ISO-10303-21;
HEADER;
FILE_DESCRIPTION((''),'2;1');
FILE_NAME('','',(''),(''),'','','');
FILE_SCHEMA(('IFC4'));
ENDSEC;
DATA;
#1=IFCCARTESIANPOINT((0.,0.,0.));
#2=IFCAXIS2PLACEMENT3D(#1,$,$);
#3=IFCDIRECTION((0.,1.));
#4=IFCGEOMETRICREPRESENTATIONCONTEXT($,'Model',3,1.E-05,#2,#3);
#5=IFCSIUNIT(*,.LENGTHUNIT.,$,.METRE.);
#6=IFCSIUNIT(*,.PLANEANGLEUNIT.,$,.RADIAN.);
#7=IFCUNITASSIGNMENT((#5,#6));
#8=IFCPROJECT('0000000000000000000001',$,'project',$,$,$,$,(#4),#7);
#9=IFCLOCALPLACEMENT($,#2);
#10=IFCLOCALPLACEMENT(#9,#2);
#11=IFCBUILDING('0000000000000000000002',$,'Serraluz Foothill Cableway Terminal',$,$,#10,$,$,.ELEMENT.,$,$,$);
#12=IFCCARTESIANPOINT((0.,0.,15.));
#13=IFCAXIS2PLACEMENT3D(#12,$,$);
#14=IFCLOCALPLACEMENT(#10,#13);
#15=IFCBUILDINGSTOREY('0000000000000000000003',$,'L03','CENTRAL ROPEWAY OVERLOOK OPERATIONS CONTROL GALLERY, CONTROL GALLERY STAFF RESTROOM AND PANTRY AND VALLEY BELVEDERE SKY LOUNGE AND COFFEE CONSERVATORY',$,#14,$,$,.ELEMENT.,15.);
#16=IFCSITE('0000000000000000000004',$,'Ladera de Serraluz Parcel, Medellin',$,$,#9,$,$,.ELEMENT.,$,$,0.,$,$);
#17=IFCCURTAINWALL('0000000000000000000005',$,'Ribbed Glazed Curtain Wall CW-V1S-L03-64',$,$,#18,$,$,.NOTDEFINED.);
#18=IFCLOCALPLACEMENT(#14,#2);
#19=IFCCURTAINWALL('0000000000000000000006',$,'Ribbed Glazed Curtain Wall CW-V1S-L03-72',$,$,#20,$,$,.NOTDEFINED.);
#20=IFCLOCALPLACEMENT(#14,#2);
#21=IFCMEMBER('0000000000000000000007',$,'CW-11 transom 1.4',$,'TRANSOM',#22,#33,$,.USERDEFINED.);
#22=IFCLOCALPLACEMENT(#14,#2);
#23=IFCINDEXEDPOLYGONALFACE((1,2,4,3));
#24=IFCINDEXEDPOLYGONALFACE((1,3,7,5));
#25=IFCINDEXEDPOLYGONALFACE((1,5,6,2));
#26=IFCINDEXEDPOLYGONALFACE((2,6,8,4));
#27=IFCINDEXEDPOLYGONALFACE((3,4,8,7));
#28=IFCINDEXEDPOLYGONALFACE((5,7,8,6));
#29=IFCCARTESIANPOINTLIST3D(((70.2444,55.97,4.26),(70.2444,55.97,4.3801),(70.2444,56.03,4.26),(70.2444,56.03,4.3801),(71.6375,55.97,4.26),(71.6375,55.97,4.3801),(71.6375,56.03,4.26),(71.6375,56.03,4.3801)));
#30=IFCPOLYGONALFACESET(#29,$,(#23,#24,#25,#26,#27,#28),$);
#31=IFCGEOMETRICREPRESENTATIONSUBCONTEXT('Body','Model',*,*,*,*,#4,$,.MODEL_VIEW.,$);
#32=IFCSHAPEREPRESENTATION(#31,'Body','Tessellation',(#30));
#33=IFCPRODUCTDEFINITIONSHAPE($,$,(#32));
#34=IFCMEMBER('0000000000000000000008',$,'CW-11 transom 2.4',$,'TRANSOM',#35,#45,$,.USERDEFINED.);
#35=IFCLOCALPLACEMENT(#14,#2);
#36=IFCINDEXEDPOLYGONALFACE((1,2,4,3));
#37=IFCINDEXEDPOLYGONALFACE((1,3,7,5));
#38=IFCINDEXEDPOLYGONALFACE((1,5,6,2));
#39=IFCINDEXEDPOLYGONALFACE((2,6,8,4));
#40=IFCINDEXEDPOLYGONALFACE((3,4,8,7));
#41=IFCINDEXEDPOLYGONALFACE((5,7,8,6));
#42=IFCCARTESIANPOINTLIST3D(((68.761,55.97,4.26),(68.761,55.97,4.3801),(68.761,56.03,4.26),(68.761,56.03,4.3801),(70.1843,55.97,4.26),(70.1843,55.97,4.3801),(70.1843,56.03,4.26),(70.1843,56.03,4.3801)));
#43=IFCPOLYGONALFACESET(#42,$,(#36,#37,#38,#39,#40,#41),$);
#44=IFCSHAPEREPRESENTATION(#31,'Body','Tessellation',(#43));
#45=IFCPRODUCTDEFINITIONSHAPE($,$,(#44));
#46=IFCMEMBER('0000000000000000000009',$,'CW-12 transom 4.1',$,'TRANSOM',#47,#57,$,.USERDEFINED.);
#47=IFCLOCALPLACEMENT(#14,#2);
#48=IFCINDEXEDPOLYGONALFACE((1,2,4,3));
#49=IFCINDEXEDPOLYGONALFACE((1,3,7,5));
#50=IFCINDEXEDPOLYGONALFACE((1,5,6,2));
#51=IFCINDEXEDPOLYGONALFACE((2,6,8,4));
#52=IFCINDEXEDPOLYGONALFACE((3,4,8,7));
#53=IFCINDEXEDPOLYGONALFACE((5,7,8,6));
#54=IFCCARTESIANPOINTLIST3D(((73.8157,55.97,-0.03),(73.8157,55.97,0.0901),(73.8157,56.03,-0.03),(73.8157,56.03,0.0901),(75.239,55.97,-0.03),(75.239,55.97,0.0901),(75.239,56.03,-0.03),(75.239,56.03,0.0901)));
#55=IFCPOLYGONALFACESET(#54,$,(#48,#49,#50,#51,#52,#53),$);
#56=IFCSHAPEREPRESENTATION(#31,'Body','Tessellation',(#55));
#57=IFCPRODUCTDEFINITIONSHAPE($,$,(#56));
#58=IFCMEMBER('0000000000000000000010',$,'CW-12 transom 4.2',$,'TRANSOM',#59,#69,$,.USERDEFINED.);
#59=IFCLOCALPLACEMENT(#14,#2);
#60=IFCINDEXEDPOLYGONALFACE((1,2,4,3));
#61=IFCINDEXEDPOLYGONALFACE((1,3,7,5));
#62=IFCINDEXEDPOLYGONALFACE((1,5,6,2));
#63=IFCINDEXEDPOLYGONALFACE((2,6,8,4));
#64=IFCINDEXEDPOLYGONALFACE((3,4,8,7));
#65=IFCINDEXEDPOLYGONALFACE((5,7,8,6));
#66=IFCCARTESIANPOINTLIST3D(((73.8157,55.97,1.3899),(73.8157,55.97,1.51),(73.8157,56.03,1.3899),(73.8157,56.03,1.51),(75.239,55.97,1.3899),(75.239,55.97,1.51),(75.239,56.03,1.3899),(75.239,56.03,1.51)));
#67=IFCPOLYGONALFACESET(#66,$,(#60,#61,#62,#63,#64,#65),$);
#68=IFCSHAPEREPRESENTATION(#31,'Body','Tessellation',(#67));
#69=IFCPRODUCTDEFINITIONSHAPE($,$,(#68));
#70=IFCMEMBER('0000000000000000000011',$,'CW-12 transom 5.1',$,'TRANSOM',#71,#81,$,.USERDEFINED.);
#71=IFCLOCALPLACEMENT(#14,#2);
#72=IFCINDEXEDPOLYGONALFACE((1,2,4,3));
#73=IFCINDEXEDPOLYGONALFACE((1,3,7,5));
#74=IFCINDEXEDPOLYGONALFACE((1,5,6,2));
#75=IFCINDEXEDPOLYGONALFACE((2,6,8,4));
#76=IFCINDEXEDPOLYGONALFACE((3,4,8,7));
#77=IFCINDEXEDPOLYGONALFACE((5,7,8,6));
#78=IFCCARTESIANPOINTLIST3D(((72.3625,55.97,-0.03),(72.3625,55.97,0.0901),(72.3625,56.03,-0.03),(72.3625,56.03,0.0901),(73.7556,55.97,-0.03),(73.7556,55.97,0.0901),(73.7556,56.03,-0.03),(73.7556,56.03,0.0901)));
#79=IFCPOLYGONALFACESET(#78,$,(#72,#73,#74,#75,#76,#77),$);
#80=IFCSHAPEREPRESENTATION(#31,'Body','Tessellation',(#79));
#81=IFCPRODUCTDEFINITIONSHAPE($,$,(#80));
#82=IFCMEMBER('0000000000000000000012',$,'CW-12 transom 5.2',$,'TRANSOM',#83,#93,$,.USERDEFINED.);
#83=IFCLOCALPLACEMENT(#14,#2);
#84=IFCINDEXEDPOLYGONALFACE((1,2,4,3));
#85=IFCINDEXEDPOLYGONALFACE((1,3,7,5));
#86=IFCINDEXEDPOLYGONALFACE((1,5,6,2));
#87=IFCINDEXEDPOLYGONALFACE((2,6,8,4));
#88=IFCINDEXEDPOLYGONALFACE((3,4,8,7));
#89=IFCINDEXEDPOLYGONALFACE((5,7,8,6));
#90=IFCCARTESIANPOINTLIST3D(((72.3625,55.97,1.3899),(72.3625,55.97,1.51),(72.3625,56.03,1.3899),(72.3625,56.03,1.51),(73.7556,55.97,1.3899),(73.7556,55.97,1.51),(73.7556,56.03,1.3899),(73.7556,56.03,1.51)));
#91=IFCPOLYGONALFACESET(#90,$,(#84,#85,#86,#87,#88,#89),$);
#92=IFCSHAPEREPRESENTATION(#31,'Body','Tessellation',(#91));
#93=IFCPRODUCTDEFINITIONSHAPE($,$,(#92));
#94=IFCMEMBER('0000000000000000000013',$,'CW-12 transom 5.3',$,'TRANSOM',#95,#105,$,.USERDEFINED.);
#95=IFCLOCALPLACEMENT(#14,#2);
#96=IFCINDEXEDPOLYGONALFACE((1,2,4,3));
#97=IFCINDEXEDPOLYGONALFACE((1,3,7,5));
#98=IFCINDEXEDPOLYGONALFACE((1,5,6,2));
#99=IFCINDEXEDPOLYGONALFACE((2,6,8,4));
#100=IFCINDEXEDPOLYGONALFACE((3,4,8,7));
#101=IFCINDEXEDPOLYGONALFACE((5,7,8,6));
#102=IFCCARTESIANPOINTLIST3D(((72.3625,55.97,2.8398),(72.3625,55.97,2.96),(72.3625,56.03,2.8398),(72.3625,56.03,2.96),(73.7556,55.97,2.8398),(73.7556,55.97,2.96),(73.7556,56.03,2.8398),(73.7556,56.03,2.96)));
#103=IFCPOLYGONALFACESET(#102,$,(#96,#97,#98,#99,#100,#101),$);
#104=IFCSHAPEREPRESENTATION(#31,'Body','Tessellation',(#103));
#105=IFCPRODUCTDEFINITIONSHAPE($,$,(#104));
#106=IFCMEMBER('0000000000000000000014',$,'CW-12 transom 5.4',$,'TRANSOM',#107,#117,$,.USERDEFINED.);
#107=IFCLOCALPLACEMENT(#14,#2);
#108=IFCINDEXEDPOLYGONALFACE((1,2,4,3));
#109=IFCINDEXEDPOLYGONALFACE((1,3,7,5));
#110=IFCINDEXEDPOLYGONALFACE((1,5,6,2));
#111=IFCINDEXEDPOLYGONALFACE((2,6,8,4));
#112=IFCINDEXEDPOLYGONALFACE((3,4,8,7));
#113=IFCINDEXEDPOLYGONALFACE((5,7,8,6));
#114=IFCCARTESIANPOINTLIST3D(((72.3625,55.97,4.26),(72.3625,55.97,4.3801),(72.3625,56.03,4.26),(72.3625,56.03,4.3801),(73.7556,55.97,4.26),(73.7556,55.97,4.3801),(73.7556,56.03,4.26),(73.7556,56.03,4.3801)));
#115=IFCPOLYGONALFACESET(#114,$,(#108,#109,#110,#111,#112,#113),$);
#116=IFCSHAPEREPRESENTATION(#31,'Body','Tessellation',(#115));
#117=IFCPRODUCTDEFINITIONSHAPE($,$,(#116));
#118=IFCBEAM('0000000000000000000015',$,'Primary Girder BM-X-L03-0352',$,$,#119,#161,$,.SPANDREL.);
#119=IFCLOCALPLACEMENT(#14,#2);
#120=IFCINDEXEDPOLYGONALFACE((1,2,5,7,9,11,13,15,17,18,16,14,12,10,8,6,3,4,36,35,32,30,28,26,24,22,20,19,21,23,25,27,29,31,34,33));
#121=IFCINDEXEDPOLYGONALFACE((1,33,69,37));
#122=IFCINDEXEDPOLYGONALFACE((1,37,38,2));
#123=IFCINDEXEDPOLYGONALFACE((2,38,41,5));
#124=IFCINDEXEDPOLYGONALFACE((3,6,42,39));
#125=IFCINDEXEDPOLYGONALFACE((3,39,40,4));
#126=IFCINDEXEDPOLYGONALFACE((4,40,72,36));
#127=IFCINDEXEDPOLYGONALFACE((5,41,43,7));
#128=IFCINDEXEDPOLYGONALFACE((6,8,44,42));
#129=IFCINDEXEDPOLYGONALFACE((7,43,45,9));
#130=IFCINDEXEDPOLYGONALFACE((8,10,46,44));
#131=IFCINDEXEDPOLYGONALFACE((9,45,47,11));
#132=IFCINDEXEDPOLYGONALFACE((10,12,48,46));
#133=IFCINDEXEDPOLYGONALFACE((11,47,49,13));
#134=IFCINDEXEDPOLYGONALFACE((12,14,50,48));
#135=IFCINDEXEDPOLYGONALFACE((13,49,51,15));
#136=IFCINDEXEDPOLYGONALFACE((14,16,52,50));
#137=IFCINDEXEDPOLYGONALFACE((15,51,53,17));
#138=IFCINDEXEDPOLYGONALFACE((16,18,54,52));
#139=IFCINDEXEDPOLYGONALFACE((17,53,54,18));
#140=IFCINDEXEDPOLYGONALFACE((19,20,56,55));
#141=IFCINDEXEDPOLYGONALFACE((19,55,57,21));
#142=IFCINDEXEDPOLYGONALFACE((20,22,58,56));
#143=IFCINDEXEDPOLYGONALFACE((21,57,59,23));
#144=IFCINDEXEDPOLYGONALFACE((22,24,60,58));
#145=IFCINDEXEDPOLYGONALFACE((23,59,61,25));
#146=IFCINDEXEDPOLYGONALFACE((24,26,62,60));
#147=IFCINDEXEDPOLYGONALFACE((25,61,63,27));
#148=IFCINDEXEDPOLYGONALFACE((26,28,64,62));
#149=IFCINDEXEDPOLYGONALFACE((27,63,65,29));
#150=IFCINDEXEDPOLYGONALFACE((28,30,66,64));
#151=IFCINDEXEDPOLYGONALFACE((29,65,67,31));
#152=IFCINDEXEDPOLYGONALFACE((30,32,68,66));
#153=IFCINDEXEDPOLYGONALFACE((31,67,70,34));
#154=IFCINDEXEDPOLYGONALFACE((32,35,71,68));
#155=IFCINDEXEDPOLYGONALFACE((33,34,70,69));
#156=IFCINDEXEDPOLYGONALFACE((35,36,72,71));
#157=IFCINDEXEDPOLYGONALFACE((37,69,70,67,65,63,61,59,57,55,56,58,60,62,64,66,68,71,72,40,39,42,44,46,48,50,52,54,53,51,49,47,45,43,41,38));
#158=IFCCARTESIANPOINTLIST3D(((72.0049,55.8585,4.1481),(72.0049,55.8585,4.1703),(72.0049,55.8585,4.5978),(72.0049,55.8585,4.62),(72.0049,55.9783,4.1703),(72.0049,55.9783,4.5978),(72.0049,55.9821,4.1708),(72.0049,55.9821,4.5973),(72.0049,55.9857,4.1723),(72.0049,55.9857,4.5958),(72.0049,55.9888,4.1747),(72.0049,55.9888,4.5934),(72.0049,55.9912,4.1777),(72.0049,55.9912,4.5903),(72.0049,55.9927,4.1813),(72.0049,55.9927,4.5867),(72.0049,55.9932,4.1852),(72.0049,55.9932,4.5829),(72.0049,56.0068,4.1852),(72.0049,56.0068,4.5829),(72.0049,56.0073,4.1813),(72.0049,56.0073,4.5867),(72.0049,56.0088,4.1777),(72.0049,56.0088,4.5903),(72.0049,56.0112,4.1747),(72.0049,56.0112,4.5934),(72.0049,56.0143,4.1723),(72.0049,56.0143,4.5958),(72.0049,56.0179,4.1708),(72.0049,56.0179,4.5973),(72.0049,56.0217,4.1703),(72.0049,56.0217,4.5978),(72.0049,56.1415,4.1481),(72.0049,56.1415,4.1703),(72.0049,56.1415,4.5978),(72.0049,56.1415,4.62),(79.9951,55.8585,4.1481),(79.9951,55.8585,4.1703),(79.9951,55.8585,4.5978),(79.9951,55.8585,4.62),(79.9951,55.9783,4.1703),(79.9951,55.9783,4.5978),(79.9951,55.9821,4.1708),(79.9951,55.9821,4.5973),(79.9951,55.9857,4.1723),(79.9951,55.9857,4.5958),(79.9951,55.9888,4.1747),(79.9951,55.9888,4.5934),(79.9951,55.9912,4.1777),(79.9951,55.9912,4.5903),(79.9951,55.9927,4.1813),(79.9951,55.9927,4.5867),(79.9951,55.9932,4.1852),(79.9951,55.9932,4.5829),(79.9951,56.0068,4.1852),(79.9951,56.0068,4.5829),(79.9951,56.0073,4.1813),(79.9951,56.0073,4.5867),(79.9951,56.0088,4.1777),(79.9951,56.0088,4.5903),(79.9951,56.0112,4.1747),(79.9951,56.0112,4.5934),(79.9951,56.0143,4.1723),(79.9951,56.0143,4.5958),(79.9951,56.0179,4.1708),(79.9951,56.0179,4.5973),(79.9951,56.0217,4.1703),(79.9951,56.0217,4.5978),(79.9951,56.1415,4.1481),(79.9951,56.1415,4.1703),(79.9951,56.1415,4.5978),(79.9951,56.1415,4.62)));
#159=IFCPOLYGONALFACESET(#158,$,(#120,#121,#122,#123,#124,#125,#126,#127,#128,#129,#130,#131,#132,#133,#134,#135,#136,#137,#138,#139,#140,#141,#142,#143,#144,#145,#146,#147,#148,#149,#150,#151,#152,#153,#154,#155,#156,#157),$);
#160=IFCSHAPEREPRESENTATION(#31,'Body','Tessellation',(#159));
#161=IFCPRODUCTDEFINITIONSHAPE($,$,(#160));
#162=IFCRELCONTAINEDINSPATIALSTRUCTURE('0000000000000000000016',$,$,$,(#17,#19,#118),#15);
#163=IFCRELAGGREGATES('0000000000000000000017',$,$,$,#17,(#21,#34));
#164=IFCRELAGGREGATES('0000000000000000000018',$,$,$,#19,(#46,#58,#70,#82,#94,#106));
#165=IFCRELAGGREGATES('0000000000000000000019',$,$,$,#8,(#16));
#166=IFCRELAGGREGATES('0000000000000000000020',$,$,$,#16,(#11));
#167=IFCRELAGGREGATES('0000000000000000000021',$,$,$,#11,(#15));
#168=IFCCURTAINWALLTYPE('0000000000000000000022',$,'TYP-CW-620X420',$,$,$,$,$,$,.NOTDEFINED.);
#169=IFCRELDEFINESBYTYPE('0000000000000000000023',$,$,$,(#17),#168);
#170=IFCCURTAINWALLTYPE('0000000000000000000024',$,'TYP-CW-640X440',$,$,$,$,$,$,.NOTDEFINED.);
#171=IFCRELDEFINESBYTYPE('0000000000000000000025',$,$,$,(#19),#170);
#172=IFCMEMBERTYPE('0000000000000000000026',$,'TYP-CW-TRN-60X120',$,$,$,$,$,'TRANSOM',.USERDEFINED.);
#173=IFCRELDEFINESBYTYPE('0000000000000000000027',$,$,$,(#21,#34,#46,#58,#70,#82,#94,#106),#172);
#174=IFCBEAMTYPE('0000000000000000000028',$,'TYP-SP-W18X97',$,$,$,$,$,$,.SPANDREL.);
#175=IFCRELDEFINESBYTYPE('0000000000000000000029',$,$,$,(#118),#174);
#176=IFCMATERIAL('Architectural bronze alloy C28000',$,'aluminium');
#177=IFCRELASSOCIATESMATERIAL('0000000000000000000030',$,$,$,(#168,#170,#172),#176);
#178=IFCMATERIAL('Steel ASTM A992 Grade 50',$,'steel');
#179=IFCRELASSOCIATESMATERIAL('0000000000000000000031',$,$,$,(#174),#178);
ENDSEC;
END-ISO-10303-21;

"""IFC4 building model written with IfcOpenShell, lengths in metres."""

from ifc_helpers import new_model, si_unit, direction, frame, origin, origin_2d, place, context, subcontext, project, spatial, rectangle, i_section, extrude, material, material_profile, profile_set, type_object, element, aggregate, save


model = new_model("IFC4")

# Units and contexts
model_context = context("Model", 3, precision=1e-05, world=origin(), true_north=direction((0.0, 1.0)))
body_context = subcontext(model_context, "Body", "Model", "MODEL_VIEW")
ifc_project = project(units=[si_unit("LENGTHUNIT", "METRE"), si_unit("PLANEANGLEUNIT", "RADIAN")], contexts=[model_context])

# Site, building, storey
site_placement = place(None, origin())
site = spatial("IfcSite", under=ifc_project, at=site_placement, Name="Ladera de Serraluz Parcel, Medellin", CompositionType="ELEMENT", RefElevation=0.0)
building_placement = place(site_placement, origin())
building = spatial("IfcBuilding", under=site, at=building_placement, Name="Serraluz Foothill Cableway Terminal", CompositionType="ELEMENT")
storey_placement = place(building_placement, frame((0.0, 0.0, 15.0)))
storey = spatial("IfcBuildingStorey", under=building, at=storey_placement, Name="L03", Description="CENTRAL ROPEWAY OVERLOOK OPERATIONS CONTROL GALLERY, CONTROL GALLERY STAFF RESTROOM AND PANTRY AND VALLEY BELVEDERE SKY LOUNGE AND COFFEE CONSERVATORY", CompositionType="ELEMENT", Elevation=15.0)

# Shared definitions
ifc_material_1 = material(Name="Steel ASTM A992 Grade 50", Category="steel")

# Curtain walls
ifc_material_2 = material(Name="Architectural bronze alloy C28000", Category="aluminium")
curtain_wall_type_1 = type_object("IfcCurtainWallType", Name="TYP-CW-620X420", PredefinedType="NOTDEFINED", material=ifc_material_2)
curtain_wall_1_placement = place(storey_placement, origin())
curtain_wall_1 = element("IfcCurtainWall", 1, at=curtain_wall_1_placement, inside=storey, type_object=curtain_wall_type_1, Name="Ribbed Glazed Curtain Wall CW-V1S-L03-64", PredefinedType="NOTDEFINED")
curtain_wall_type_2 = type_object("IfcCurtainWallType", Name="TYP-CW-640X440", PredefinedType="NOTDEFINED", material=ifc_material_2)
curtain_wall_2_placement = place(storey_placement, origin())
curtain_wall_2 = element("IfcCurtainWall", 2, at=curtain_wall_2_placement, inside=storey, type_object=curtain_wall_type_2, Name="Ribbed Glazed Curtain Wall CW-V1S-L03-72", PredefinedType="NOTDEFINED")

# Members
ifc_material_profile_1 = material_profile(ifc_material_2, rectangle(XDim=0.0601, YDim=0.1201, at=origin_2d()), Name="ALU TRANSOM 60x120")
ifc_profile_set_1 = profile_set([ifc_material_profile_1], Name="Architectural bronze alloy C28000")
member_type_1 = type_object("IfcMemberType", Name="TYP-CW-TRN-60X120", ElementType="TRANSOM", PredefinedType="USERDEFINED", material=ifc_profile_set_1)
member_1_placement = place(storey_placement, frame((71.6375, 56.0, 4.3201), z_axis=(-1.0, 0.0, 0.0), x_axis=(0.0, -1.0, 0.0)))
member_1 = element("IfcMember", 3, at=member_1_placement, type_object=member_type_1, Name="CW-11 transom 1.4", ObjectType="TRANSOM", PredefinedType="USERDEFINED", context=body_context, shape_type="SweptSolid", body=[
    extrude(rectangle(XDim=0.0601, YDim=0.1201, at=origin_2d()), origin(), (0.0, 0.0, 1.0), 1.3931),
])
member_2_placement = place(storey_placement, frame((70.1843, 56.0, 4.3201), z_axis=(-1.0, 0.0, 0.0), x_axis=(0.0, -1.0, 0.0)))
member_2 = element("IfcMember", 4, at=member_2_placement, type_object=member_type_1, Name="CW-11 transom 2.4", ObjectType="TRANSOM", PredefinedType="USERDEFINED", context=body_context, shape_type="SweptSolid", body=[
    extrude(rectangle(XDim=0.0601, YDim=0.1201, at=origin_2d()), origin(), (0.0, 0.0, 1.0), 1.4233),
])
member_3_placement = place(storey_placement, frame((75.239, 56.0, 0.03), z_axis=(-1.0, 0.0, 0.0), x_axis=(0.0, -1.0, 0.0)))
member_3 = element("IfcMember", 5, at=member_3_placement, type_object=member_type_1, Name="CW-12 transom 4.1", ObjectType="TRANSOM", PredefinedType="USERDEFINED", context=body_context, shape_type="SweptSolid", body=[
    extrude(rectangle(XDim=0.0601, YDim=0.1201, at=origin_2d()), origin(), (0.0, 0.0, 1.0), 1.4233),
])
member_4_placement = place(storey_placement, frame((75.239, 56.0, 1.45), z_axis=(-1.0, 0.0, 0.0), x_axis=(0.0, -1.0, 0.0)))
member_4 = element("IfcMember", 6, at=member_4_placement, type_object=member_type_1, Name="CW-12 transom 4.2", ObjectType="TRANSOM", PredefinedType="USERDEFINED", context=body_context, shape_type="SweptSolid", body=[
    extrude(rectangle(XDim=0.0601, YDim=0.1201, at=origin_2d()), origin(), (0.0, 0.0, 1.0), 1.4233),
])
member_5_placement = place(storey_placement, frame((73.7556, 56.0, 0.03), z_axis=(-1.0, 0.0, 0.0), x_axis=(0.0, -1.0, 0.0)))
member_5 = element("IfcMember", 7, at=member_5_placement, type_object=member_type_1, Name="CW-12 transom 5.1", ObjectType="TRANSOM", PredefinedType="USERDEFINED", context=body_context, shape_type="SweptSolid", body=[
    extrude(rectangle(XDim=0.0601, YDim=0.1201, at=origin_2d()), origin(), (0.0, 0.0, 1.0), 1.3931),
])
member_6_placement = place(storey_placement, frame((73.7556, 56.0, 1.45), z_axis=(-1.0, 0.0, 0.0), x_axis=(0.0, -1.0, 0.0)))
member_6 = element("IfcMember", 8, at=member_6_placement, type_object=member_type_1, Name="CW-12 transom 5.2", ObjectType="TRANSOM", PredefinedType="USERDEFINED", context=body_context, shape_type="SweptSolid", body=[
    extrude(rectangle(XDim=0.0601, YDim=0.1201, at=origin_2d()), origin(), (0.0, 0.0, 1.0), 1.3931),
])
member_7_placement = place(storey_placement, frame((73.7556, 56.0, 2.8999), z_axis=(-1.0, 0.0, 0.0), x_axis=(0.0, -1.0, 0.0)))
member_7 = element("IfcMember", 9, at=member_7_placement, type_object=member_type_1, Name="CW-12 transom 5.3", ObjectType="TRANSOM", PredefinedType="USERDEFINED", context=body_context, shape_type="SweptSolid", body=[
    extrude(rectangle(XDim=0.0601, YDim=0.1201, at=origin_2d()), origin(), (0.0, 0.0, 1.0), 1.3931),
])
member_8_placement = place(storey_placement, frame((73.7556, 56.0, 4.3201), z_axis=(-1.0, 0.0, 0.0), x_axis=(0.0, -1.0, 0.0)))
member_8 = element("IfcMember", 10, at=member_8_placement, type_object=member_type_1, Name="CW-12 transom 5.4", ObjectType="TRANSOM", PredefinedType="USERDEFINED", context=body_context, shape_type="SweptSolid", body=[
    extrude(rectangle(XDim=0.0601, YDim=0.1201, at=origin_2d()), origin(), (0.0, 0.0, 1.0), 1.3931),
])

# Beam
ifc_material_profile_2 = material_profile(ifc_material_1, i_section(OverallWidth=0.283, OverallDepth=0.4719, WebThickness=0.0137, FlangeThickness=0.0222, FilletRadius=0.0149, at=origin_2d()), Name="W18X97")
ifc_profile_set_2 = profile_set([ifc_material_profile_2], Name="Steel ASTM A992 Grade 50")
beam_type_1 = type_object("IfcBeamType", Name="TYP-SP-W18X97", PredefinedType="SPANDREL", material=ifc_profile_set_2)
beam_1_placement = place(storey_placement, frame((72.0049, 56.0, 4.384), z_axis=(1.0, 0.0, 0.0), x_axis=(0.0, 1.0, 0.0)))
element("IfcBeam", 11, at=beam_1_placement, inside=storey, type_object=beam_type_1, Name="Primary Girder BM-X-L03-0352", PredefinedType="SPANDREL", context=body_context, shape_type="SweptSolid", body=[
    extrude(i_section(OverallWidth=0.283, OverallDepth=0.4719, WebThickness=0.0137, FlangeThickness=0.0222, FilletRadius=0.0149, at=origin_2d()), origin(), (0.0, 0.0, 1.0), 7.9902),
])

aggregate(curtain_wall_1, [member_1, member_2])
aggregate(curtain_wall_2, [member_3, member_4, member_5, member_6, member_7, member_8])

save(model, "model.ifc")
